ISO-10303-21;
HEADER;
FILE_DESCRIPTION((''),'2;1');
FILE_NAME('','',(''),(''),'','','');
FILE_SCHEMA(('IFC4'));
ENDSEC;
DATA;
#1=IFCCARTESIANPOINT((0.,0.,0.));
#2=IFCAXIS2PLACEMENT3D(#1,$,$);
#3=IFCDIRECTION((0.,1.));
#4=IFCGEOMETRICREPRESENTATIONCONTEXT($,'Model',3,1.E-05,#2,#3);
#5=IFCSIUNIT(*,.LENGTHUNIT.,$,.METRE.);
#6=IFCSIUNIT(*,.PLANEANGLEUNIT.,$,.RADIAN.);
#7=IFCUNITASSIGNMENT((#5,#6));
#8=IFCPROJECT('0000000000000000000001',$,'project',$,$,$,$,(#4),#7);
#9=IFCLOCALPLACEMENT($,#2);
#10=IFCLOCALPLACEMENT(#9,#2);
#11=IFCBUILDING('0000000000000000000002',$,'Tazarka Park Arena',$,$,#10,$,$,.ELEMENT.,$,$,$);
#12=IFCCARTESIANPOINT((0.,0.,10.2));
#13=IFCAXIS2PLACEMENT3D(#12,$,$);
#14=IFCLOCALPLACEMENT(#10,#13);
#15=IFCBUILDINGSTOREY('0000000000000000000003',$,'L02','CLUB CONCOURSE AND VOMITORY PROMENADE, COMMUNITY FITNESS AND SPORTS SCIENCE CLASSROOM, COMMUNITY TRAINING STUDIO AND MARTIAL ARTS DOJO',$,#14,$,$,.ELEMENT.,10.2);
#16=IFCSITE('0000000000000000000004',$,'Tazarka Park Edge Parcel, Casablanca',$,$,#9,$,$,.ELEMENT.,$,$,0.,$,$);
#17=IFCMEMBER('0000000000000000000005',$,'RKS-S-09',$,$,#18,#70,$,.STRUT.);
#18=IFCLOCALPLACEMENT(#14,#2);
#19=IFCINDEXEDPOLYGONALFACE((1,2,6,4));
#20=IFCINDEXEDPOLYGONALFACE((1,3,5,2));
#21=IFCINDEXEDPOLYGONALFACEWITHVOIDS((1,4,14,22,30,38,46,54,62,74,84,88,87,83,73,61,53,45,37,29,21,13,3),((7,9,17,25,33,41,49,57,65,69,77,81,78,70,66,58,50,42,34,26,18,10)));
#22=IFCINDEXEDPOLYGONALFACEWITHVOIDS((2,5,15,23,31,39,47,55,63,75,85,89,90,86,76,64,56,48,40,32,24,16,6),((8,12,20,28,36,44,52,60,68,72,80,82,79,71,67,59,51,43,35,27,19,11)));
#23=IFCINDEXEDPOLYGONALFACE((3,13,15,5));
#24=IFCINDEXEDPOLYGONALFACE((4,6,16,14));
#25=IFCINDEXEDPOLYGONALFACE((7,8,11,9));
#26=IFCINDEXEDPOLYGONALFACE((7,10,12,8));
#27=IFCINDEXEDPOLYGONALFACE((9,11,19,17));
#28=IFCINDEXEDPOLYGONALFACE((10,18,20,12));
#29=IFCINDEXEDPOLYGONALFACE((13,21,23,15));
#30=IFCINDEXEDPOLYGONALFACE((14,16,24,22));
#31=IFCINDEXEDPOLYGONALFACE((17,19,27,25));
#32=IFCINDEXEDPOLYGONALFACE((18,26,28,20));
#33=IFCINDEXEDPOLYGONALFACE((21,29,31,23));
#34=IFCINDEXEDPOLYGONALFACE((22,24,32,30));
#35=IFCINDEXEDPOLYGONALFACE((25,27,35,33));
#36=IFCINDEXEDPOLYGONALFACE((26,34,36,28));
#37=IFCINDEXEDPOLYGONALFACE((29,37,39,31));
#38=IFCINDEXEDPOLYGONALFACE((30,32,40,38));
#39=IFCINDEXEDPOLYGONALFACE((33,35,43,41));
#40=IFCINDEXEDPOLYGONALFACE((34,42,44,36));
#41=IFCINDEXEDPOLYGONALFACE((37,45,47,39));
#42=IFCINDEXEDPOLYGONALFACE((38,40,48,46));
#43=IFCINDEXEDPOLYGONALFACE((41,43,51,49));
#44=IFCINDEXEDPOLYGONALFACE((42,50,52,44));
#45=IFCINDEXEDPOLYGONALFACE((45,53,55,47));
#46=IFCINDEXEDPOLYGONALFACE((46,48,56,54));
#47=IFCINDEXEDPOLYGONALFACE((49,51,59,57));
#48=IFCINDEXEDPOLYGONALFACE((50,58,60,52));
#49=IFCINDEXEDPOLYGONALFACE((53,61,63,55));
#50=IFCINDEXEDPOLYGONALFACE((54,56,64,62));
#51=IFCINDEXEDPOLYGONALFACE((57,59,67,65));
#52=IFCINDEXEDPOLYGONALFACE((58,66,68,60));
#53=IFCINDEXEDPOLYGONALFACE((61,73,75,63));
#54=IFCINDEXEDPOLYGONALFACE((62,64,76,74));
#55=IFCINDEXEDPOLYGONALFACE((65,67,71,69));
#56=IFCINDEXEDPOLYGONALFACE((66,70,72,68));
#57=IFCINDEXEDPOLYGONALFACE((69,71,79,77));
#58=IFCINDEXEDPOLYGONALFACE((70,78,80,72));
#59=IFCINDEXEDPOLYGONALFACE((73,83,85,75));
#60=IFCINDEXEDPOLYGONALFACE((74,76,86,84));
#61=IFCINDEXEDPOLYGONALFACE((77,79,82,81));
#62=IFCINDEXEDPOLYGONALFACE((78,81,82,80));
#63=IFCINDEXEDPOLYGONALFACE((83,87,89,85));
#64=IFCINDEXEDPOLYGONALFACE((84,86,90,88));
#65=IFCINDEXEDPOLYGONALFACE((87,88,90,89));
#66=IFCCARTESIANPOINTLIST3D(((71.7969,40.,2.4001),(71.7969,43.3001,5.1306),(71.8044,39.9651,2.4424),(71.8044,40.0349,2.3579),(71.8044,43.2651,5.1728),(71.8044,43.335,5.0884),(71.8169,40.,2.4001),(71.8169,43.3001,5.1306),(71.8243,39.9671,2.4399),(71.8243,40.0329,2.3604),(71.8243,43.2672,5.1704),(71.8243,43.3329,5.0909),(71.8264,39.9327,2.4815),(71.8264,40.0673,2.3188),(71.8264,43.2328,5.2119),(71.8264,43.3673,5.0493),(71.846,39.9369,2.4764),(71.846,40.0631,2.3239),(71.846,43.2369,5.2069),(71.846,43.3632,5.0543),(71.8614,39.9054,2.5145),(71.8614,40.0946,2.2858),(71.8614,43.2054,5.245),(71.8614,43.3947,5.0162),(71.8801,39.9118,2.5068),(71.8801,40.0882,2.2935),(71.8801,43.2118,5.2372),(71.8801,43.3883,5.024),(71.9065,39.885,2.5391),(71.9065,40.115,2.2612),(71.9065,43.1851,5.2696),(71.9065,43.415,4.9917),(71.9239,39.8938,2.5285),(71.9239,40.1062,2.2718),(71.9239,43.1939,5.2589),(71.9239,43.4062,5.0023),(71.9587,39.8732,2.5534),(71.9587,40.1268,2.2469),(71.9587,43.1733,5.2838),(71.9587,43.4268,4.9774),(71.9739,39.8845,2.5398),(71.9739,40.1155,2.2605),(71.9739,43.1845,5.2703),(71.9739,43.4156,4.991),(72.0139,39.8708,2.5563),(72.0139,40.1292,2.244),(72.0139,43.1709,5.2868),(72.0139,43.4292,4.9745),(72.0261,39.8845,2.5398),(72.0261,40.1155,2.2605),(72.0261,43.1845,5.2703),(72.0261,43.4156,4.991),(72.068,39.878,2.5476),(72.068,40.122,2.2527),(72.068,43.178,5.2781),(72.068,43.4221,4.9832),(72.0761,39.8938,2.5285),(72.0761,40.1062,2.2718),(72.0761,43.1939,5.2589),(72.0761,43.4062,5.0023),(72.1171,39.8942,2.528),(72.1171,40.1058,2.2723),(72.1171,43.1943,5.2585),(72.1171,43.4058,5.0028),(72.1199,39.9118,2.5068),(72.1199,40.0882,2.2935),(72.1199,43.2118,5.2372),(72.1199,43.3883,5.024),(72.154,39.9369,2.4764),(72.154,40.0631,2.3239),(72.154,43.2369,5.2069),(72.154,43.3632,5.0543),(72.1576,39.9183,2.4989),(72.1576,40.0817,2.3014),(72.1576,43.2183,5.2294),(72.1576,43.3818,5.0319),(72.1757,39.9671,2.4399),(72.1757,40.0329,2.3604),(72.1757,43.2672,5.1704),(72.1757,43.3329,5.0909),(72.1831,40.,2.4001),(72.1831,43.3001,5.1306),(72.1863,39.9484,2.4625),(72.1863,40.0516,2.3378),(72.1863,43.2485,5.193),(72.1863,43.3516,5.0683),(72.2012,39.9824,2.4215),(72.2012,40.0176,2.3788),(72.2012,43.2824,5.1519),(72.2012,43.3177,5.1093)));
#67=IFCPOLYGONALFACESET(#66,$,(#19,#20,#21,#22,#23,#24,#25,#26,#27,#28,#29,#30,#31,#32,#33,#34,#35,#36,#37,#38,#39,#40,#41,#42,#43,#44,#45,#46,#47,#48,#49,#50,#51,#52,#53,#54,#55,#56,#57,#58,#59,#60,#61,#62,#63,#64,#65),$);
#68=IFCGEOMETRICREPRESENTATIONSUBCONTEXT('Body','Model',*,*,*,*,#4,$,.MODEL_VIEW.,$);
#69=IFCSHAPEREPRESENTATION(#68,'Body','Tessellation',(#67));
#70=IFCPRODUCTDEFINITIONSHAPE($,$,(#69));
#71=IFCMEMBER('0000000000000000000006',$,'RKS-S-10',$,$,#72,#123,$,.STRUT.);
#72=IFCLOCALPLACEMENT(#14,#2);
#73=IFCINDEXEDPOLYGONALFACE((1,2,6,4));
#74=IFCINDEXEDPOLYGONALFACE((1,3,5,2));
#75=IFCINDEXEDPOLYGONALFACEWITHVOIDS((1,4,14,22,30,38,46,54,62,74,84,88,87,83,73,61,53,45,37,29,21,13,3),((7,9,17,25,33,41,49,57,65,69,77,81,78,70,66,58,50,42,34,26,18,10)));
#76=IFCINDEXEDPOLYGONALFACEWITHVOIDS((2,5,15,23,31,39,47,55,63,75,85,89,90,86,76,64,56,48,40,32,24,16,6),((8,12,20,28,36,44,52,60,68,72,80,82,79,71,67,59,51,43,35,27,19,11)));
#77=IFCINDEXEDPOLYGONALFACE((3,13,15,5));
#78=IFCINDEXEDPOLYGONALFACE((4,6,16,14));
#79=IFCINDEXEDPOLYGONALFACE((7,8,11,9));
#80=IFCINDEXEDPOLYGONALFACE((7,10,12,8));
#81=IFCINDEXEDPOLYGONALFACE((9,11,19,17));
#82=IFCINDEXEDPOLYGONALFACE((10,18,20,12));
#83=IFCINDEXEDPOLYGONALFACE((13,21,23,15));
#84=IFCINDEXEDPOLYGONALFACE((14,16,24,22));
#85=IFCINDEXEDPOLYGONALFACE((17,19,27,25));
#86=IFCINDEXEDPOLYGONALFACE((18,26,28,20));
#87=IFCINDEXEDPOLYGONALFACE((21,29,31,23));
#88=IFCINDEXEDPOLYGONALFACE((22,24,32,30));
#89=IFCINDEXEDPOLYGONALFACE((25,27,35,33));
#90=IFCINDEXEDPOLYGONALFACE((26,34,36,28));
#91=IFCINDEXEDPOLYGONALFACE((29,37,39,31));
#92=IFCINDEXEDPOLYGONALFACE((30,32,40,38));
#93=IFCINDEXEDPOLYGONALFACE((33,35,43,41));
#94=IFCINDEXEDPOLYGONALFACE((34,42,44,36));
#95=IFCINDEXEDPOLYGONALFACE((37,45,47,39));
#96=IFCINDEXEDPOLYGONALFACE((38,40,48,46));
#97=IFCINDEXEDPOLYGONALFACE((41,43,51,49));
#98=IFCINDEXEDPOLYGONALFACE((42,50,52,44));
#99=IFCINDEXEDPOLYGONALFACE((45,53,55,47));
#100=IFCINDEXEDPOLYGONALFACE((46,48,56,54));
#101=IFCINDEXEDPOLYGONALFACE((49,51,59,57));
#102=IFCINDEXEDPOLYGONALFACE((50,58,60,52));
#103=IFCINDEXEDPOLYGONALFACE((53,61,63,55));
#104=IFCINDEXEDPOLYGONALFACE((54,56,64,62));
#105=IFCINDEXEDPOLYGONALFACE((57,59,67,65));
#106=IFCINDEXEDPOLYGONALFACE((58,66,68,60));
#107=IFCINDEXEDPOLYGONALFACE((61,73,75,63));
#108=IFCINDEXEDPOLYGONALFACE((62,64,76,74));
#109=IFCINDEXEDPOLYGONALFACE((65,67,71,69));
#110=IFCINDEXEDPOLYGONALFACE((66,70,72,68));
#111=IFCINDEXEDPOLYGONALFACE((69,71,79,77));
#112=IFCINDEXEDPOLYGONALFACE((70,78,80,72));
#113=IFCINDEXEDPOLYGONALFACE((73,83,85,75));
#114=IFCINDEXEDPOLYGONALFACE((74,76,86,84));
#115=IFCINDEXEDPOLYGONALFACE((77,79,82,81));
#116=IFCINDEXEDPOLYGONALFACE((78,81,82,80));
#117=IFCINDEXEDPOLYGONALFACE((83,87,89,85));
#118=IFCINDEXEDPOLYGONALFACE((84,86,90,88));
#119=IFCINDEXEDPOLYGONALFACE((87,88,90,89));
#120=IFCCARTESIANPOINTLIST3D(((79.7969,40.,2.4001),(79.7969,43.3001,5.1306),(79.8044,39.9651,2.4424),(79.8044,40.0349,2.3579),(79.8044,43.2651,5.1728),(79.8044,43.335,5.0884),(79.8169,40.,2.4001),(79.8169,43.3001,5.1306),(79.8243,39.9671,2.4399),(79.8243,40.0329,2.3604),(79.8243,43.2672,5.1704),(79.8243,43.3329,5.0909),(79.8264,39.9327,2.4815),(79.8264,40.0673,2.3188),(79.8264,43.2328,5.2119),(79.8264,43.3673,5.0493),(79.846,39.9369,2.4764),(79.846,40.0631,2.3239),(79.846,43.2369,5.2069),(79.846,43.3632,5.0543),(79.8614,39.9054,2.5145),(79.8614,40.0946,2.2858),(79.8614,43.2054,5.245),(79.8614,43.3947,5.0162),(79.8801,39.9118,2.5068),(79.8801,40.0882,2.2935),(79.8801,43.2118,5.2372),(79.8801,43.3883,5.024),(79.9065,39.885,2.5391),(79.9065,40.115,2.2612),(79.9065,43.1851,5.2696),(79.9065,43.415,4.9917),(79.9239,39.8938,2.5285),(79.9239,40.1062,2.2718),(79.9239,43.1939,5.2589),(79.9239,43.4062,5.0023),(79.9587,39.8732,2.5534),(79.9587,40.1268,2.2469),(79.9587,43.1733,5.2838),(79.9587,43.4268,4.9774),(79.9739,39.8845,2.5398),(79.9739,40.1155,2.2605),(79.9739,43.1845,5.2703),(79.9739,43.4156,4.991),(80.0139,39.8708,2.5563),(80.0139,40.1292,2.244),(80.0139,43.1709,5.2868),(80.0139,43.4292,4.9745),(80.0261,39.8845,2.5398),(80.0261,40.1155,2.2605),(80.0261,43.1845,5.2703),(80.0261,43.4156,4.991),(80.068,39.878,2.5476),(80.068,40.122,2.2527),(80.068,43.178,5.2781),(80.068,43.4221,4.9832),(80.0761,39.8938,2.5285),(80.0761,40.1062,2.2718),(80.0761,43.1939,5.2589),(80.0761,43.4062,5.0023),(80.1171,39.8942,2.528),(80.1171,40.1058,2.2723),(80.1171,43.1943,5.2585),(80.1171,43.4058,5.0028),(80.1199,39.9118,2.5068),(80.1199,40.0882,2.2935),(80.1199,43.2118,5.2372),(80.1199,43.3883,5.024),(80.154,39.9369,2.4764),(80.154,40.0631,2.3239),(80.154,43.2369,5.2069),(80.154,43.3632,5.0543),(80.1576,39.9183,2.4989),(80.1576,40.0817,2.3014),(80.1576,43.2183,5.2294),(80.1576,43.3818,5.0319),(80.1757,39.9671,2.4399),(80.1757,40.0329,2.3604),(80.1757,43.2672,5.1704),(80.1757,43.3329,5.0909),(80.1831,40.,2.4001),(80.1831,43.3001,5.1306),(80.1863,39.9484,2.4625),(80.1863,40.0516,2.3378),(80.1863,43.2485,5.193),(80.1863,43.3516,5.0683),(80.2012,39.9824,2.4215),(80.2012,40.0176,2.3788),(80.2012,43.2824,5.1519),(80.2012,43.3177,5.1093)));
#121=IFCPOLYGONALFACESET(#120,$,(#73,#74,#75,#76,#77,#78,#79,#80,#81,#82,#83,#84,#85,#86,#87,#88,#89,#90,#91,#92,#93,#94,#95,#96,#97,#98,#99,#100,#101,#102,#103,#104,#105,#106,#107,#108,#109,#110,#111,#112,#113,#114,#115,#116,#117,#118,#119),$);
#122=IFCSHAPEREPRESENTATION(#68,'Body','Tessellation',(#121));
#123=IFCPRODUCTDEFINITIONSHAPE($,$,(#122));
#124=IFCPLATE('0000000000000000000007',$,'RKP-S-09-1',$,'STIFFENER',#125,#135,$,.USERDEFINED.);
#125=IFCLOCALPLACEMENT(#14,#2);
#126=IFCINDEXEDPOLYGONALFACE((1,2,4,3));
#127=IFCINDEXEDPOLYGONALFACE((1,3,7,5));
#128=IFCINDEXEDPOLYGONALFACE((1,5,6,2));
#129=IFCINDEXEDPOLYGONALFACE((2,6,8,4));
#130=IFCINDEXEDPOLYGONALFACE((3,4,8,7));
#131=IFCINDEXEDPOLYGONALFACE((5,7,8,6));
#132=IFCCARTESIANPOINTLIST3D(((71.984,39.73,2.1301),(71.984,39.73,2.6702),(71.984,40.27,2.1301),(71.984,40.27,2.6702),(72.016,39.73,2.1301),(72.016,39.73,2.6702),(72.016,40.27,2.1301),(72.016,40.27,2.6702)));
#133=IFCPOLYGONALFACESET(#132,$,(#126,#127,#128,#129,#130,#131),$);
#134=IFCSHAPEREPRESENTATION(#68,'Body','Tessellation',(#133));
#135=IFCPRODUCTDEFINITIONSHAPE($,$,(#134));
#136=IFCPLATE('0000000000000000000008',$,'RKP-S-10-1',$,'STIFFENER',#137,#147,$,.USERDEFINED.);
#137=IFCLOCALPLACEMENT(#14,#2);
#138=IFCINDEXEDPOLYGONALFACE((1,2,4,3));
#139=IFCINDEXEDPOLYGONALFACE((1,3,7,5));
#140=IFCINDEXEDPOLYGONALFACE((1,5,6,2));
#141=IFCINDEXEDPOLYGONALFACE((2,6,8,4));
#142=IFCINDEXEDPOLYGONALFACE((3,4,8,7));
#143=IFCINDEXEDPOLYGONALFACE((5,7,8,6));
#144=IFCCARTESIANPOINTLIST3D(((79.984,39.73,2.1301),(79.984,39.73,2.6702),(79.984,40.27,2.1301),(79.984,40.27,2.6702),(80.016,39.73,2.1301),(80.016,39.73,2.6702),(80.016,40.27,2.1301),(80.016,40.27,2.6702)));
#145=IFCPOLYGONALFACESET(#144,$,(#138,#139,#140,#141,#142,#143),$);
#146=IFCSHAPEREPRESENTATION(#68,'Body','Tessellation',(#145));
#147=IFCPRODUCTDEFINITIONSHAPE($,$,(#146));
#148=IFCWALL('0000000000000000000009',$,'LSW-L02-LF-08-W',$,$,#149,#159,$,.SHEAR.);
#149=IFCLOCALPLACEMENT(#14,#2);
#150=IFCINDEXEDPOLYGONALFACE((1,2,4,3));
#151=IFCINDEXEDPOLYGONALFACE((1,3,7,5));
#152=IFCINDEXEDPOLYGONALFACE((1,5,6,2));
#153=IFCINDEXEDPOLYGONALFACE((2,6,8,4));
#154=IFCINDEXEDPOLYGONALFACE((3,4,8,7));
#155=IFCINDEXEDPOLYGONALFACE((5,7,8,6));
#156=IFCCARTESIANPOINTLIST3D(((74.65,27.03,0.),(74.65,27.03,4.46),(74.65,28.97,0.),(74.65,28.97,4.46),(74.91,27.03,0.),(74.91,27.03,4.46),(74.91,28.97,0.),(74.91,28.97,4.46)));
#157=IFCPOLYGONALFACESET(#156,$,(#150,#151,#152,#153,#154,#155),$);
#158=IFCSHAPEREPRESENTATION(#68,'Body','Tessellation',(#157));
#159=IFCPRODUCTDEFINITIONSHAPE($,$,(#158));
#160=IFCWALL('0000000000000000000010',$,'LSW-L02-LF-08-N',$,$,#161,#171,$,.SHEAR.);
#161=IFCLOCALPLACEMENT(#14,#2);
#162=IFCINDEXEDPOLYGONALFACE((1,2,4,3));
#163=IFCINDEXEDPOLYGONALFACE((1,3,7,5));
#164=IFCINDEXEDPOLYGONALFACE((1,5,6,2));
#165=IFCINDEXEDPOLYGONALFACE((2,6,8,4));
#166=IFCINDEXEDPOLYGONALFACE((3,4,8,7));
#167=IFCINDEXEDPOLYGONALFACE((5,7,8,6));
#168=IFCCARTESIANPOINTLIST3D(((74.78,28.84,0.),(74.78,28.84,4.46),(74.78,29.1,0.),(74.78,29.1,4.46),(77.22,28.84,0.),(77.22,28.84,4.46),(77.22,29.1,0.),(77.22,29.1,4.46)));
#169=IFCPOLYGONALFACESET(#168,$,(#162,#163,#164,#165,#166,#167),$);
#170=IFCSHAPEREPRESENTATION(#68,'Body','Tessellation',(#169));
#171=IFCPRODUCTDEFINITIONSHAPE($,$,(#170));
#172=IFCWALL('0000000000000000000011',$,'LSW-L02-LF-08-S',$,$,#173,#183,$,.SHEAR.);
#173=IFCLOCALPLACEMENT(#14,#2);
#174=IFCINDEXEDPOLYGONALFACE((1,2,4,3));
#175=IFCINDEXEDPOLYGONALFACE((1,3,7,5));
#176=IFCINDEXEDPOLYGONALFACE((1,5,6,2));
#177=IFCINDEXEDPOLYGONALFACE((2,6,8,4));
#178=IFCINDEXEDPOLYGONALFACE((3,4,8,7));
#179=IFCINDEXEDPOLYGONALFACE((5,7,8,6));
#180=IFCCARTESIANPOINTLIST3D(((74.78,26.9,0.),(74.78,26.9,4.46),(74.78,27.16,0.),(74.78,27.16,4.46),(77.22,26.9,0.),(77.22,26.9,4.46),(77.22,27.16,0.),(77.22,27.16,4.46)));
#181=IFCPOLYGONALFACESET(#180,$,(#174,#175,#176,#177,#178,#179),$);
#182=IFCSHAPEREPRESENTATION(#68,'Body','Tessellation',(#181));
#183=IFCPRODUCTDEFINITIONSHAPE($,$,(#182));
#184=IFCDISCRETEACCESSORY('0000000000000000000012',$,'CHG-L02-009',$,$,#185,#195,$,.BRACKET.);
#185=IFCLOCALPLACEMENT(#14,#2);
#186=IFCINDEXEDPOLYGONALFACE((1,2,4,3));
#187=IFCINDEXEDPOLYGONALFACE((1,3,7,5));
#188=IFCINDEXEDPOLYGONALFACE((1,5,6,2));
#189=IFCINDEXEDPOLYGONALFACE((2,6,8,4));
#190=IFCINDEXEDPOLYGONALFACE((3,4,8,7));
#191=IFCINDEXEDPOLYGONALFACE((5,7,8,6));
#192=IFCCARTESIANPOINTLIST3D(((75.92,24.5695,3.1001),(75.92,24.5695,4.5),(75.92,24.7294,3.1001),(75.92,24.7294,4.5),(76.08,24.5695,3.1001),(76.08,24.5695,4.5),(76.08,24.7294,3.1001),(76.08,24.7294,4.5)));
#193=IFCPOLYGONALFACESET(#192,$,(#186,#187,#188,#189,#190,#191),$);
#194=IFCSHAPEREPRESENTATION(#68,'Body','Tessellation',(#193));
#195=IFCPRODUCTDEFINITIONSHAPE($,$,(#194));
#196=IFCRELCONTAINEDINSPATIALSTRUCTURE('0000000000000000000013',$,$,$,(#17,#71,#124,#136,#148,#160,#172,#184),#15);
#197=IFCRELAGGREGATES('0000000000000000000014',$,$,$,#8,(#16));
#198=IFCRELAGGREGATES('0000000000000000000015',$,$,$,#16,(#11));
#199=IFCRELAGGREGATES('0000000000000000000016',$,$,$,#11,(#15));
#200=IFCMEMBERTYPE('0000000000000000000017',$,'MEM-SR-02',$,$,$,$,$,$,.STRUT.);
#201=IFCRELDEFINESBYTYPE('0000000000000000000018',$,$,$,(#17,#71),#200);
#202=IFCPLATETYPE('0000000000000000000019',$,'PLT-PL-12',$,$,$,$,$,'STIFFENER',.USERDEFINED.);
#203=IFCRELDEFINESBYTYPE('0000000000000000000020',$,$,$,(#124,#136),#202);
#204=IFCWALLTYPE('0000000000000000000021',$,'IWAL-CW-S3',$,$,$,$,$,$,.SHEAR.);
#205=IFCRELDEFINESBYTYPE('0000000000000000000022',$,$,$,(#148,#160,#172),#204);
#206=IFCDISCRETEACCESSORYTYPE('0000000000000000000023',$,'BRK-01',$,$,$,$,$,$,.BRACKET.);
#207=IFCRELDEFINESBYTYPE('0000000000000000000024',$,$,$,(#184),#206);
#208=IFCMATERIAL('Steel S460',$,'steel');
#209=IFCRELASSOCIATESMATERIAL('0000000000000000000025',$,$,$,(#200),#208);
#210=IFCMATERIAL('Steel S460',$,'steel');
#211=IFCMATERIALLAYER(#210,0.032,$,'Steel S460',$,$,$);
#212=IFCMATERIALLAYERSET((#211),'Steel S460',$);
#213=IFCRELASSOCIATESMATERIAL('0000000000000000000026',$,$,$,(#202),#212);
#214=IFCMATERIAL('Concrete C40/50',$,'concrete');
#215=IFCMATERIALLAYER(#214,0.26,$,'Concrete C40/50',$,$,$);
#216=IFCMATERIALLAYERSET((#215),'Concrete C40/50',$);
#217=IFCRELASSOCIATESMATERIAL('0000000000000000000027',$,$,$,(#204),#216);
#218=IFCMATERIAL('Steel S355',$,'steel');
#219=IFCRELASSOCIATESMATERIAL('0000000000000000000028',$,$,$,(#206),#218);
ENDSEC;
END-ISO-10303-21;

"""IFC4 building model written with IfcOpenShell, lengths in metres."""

from ifc_helpers import new_model, si_unit, direction, frame, frame_2d, origin, origin_2d, place, context, subcontext, project, spatial, rectangle, hollow_circle, extrude, material, layer, layer_set, material_profile, profile_set, type_object, element, save


model = new_model("IFC4")

# Units and contexts
model_context = context("Model", 3, precision=1e-05, world=origin(), true_north=direction((0.0, 1.0)))
body_context = subcontext(model_context, "Body", "Model", "MODEL_VIEW")
ifc_project = project(units=[si_unit("LENGTHUNIT", "METRE"), si_unit("PLANEANGLEUNIT", "RADIAN")], contexts=[model_context])

# Site, building, storey
site_placement = place(None, origin())
site = spatial("IfcSite", under=ifc_project, at=site_placement, Name="Tazarka Park Edge Parcel, Casablanca", CompositionType="ELEMENT", RefElevation=0.0)
building_placement = place(site_placement, origin())
building = spatial("IfcBuilding", under=site, at=building_placement, Name="Tazarka Park Arena", CompositionType="ELEMENT")
storey_placement = place(building_placement, frame((0.0, 0.0, 10.2)))
storey = spatial("IfcBuildingStorey", under=building, at=storey_placement, Name="L02", Description="CLUB CONCOURSE AND VOMITORY PROMENADE, COMMUNITY FITNESS AND SPORTS SCIENCE CLASSROOM, COMMUNITY TRAINING STUDIO AND MARTIAL ARTS DOJO", CompositionType="ELEMENT", Elevation=10.2)

# Members
ifc_material_1 = material(Name="Steel S460", Category="steel")
ifc_material_profile_1 = material_profile(ifc_material_1, hollow_circle(Radius=0.2031, WallThickness=0.02, at=origin_2d()), Name="Steel S460")
ifc_profile_set_1 = profile_set([ifc_material_profile_1], Name="Steel S460")
member_type = type_object("IfcMemberType", Name="MEM-SR-02", PredefinedType="STRUT", material=ifc_profile_set_1)
for number, where, z_axis, x_axis, name in (
    (1, (72.0, 40.0, 2.4001), (0.0, 0.770464, 0.637484), (-1.0, 0.0, 0.0), "RKS-S-09"),
    (2, (80.0, 40.0, 2.4001), (0.0, 0.770464, 0.637484), (-1.0, 0.0, 0.0), "RKS-S-10"),
):
    element("IfcMember", number, at=place(storey_placement, frame(where, z_axis=z_axis, x_axis=x_axis)), inside=storey, type_object=member_type, Name=name, PredefinedType="STRUT", context=body_context, shape_type="SweptSolid", body=[
        extrude(hollow_circle(Radius=0.2031, WallThickness=0.02, at=origin_2d()), origin(), (0.0, 0.0, 1.0), 4.2832),
    ])

# Plates
ifc_material_2 = material(Name="Steel S460", Category="steel")
ifc_layer_1 = layer(ifc_material_2, 0.032, Name="Steel S460")
ifc_layer_set_1 = layer_set([ifc_layer_1], Name="Steel S460")
plate_type = type_object("IfcPlateType", Name="PLT-PL-12", ElementType="STIFFENER", PredefinedType="USERDEFINED", material=ifc_layer_set_1)
for number, where, z_axis, x_axis, name in (
    (3, (72.0, 40.0, 2.1301), (0.0, 0.0, 1.0), (1.0, 0.0, 0.0), "RKP-S-09-1"),
    (4, (80.0, 40.0, 2.1301), (0.0, 0.0, 1.0), (1.0, 0.0, 0.0), "RKP-S-10-1"),
):
    element("IfcPlate", number, at=place(storey_placement, frame(where, z_axis=z_axis, x_axis=x_axis)), inside=storey, type_object=plate_type, Name=name, ObjectType="STIFFENER", PredefinedType="USERDEFINED", context=body_context, shape_type="SweptSolid", body=[
        extrude(rectangle(XDim=0.032, YDim=0.54, at=origin_2d()), origin(), (0.0, 0.0, 1.0), 0.54),
    ])

# Walls
ifc_material_3 = material(Name="Concrete C40/50", Category="concrete")
ifc_layer_2 = layer(ifc_material_3, 0.26, Name="Concrete C40/50")
ifc_layer_set_2 = layer_set([ifc_layer_2], Name="Concrete C40/50")
wall_type = type_object("IfcWallType", Name="IWAL-CW-S3", PredefinedType="SHEAR", material=ifc_layer_set_2)
wall_1_placement = place(storey_placement, frame((74.78, 27.03, 0.0), z_axis=(0.0, 0.0, 1.0), x_axis=(0.0, 1.0, 0.0)))
element("IfcWall", 5, at=wall_1_placement, inside=storey, type_object=wall_type, Name="LSW-L02-LF-08-W", PredefinedType="SHEAR", context=body_context, shape_type="SweptSolid", body=[
    extrude(rectangle(XDim=1.9399, YDim=0.26, at=frame_2d((0.97, 0.0))), origin(), (0.0, 0.0, 1.0), 4.46),
])
for number, where, z_axis, x_axis, name in (
    (6, (74.78, 28.97, 0.0), (0.0, 0.0, 1.0), (1.0, 0.0, 0.0), "LSW-L02-LF-08-N"),
    (7, (77.22, 27.03, 0.0), (0.0, 0.0, 1.0), (-1.0, 0.0, 0.0), "LSW-L02-LF-08-S"),
):
    element("IfcWall", number, at=place(storey_placement, frame(where, z_axis=z_axis, x_axis=x_axis)), inside=storey, type_object=wall_type, Name=name, PredefinedType="SHEAR", context=body_context, shape_type="SweptSolid", body=[
        extrude(rectangle(XDim=2.4399, YDim=0.26, at=frame_2d((1.22, 0.0))), origin(), (0.0, 0.0, 1.0), 4.46),
    ])

# Discrete accessory
ifc_material_4 = material(Name="Steel S355", Category="steel")
discrete_accessory_type = type_object("IfcDiscreteAccessoryType", Name="BRK-01", PredefinedType="BRACKET", material=ifc_material_4)
discrete_accessory_placement = place(storey_placement, frame((76.0, 24.6494, 3.1001), z_axis=(0.0, 0.0, 1.0), x_axis=(1.0, 0.0, 0.0)))
element("IfcDiscreteAccessory", 8, at=discrete_accessory_placement, inside=storey, type_object=discrete_accessory_type, Name="CHG-L02-009", PredefinedType="BRACKET", context=body_context, shape_type="SweptSolid", body=[
    extrude(rectangle(XDim=0.1599, YDim=0.1599, at=origin_2d()), origin(), (0.0, 0.0, 1.0), 1.3999),
])

save(model, "model.ifc")
